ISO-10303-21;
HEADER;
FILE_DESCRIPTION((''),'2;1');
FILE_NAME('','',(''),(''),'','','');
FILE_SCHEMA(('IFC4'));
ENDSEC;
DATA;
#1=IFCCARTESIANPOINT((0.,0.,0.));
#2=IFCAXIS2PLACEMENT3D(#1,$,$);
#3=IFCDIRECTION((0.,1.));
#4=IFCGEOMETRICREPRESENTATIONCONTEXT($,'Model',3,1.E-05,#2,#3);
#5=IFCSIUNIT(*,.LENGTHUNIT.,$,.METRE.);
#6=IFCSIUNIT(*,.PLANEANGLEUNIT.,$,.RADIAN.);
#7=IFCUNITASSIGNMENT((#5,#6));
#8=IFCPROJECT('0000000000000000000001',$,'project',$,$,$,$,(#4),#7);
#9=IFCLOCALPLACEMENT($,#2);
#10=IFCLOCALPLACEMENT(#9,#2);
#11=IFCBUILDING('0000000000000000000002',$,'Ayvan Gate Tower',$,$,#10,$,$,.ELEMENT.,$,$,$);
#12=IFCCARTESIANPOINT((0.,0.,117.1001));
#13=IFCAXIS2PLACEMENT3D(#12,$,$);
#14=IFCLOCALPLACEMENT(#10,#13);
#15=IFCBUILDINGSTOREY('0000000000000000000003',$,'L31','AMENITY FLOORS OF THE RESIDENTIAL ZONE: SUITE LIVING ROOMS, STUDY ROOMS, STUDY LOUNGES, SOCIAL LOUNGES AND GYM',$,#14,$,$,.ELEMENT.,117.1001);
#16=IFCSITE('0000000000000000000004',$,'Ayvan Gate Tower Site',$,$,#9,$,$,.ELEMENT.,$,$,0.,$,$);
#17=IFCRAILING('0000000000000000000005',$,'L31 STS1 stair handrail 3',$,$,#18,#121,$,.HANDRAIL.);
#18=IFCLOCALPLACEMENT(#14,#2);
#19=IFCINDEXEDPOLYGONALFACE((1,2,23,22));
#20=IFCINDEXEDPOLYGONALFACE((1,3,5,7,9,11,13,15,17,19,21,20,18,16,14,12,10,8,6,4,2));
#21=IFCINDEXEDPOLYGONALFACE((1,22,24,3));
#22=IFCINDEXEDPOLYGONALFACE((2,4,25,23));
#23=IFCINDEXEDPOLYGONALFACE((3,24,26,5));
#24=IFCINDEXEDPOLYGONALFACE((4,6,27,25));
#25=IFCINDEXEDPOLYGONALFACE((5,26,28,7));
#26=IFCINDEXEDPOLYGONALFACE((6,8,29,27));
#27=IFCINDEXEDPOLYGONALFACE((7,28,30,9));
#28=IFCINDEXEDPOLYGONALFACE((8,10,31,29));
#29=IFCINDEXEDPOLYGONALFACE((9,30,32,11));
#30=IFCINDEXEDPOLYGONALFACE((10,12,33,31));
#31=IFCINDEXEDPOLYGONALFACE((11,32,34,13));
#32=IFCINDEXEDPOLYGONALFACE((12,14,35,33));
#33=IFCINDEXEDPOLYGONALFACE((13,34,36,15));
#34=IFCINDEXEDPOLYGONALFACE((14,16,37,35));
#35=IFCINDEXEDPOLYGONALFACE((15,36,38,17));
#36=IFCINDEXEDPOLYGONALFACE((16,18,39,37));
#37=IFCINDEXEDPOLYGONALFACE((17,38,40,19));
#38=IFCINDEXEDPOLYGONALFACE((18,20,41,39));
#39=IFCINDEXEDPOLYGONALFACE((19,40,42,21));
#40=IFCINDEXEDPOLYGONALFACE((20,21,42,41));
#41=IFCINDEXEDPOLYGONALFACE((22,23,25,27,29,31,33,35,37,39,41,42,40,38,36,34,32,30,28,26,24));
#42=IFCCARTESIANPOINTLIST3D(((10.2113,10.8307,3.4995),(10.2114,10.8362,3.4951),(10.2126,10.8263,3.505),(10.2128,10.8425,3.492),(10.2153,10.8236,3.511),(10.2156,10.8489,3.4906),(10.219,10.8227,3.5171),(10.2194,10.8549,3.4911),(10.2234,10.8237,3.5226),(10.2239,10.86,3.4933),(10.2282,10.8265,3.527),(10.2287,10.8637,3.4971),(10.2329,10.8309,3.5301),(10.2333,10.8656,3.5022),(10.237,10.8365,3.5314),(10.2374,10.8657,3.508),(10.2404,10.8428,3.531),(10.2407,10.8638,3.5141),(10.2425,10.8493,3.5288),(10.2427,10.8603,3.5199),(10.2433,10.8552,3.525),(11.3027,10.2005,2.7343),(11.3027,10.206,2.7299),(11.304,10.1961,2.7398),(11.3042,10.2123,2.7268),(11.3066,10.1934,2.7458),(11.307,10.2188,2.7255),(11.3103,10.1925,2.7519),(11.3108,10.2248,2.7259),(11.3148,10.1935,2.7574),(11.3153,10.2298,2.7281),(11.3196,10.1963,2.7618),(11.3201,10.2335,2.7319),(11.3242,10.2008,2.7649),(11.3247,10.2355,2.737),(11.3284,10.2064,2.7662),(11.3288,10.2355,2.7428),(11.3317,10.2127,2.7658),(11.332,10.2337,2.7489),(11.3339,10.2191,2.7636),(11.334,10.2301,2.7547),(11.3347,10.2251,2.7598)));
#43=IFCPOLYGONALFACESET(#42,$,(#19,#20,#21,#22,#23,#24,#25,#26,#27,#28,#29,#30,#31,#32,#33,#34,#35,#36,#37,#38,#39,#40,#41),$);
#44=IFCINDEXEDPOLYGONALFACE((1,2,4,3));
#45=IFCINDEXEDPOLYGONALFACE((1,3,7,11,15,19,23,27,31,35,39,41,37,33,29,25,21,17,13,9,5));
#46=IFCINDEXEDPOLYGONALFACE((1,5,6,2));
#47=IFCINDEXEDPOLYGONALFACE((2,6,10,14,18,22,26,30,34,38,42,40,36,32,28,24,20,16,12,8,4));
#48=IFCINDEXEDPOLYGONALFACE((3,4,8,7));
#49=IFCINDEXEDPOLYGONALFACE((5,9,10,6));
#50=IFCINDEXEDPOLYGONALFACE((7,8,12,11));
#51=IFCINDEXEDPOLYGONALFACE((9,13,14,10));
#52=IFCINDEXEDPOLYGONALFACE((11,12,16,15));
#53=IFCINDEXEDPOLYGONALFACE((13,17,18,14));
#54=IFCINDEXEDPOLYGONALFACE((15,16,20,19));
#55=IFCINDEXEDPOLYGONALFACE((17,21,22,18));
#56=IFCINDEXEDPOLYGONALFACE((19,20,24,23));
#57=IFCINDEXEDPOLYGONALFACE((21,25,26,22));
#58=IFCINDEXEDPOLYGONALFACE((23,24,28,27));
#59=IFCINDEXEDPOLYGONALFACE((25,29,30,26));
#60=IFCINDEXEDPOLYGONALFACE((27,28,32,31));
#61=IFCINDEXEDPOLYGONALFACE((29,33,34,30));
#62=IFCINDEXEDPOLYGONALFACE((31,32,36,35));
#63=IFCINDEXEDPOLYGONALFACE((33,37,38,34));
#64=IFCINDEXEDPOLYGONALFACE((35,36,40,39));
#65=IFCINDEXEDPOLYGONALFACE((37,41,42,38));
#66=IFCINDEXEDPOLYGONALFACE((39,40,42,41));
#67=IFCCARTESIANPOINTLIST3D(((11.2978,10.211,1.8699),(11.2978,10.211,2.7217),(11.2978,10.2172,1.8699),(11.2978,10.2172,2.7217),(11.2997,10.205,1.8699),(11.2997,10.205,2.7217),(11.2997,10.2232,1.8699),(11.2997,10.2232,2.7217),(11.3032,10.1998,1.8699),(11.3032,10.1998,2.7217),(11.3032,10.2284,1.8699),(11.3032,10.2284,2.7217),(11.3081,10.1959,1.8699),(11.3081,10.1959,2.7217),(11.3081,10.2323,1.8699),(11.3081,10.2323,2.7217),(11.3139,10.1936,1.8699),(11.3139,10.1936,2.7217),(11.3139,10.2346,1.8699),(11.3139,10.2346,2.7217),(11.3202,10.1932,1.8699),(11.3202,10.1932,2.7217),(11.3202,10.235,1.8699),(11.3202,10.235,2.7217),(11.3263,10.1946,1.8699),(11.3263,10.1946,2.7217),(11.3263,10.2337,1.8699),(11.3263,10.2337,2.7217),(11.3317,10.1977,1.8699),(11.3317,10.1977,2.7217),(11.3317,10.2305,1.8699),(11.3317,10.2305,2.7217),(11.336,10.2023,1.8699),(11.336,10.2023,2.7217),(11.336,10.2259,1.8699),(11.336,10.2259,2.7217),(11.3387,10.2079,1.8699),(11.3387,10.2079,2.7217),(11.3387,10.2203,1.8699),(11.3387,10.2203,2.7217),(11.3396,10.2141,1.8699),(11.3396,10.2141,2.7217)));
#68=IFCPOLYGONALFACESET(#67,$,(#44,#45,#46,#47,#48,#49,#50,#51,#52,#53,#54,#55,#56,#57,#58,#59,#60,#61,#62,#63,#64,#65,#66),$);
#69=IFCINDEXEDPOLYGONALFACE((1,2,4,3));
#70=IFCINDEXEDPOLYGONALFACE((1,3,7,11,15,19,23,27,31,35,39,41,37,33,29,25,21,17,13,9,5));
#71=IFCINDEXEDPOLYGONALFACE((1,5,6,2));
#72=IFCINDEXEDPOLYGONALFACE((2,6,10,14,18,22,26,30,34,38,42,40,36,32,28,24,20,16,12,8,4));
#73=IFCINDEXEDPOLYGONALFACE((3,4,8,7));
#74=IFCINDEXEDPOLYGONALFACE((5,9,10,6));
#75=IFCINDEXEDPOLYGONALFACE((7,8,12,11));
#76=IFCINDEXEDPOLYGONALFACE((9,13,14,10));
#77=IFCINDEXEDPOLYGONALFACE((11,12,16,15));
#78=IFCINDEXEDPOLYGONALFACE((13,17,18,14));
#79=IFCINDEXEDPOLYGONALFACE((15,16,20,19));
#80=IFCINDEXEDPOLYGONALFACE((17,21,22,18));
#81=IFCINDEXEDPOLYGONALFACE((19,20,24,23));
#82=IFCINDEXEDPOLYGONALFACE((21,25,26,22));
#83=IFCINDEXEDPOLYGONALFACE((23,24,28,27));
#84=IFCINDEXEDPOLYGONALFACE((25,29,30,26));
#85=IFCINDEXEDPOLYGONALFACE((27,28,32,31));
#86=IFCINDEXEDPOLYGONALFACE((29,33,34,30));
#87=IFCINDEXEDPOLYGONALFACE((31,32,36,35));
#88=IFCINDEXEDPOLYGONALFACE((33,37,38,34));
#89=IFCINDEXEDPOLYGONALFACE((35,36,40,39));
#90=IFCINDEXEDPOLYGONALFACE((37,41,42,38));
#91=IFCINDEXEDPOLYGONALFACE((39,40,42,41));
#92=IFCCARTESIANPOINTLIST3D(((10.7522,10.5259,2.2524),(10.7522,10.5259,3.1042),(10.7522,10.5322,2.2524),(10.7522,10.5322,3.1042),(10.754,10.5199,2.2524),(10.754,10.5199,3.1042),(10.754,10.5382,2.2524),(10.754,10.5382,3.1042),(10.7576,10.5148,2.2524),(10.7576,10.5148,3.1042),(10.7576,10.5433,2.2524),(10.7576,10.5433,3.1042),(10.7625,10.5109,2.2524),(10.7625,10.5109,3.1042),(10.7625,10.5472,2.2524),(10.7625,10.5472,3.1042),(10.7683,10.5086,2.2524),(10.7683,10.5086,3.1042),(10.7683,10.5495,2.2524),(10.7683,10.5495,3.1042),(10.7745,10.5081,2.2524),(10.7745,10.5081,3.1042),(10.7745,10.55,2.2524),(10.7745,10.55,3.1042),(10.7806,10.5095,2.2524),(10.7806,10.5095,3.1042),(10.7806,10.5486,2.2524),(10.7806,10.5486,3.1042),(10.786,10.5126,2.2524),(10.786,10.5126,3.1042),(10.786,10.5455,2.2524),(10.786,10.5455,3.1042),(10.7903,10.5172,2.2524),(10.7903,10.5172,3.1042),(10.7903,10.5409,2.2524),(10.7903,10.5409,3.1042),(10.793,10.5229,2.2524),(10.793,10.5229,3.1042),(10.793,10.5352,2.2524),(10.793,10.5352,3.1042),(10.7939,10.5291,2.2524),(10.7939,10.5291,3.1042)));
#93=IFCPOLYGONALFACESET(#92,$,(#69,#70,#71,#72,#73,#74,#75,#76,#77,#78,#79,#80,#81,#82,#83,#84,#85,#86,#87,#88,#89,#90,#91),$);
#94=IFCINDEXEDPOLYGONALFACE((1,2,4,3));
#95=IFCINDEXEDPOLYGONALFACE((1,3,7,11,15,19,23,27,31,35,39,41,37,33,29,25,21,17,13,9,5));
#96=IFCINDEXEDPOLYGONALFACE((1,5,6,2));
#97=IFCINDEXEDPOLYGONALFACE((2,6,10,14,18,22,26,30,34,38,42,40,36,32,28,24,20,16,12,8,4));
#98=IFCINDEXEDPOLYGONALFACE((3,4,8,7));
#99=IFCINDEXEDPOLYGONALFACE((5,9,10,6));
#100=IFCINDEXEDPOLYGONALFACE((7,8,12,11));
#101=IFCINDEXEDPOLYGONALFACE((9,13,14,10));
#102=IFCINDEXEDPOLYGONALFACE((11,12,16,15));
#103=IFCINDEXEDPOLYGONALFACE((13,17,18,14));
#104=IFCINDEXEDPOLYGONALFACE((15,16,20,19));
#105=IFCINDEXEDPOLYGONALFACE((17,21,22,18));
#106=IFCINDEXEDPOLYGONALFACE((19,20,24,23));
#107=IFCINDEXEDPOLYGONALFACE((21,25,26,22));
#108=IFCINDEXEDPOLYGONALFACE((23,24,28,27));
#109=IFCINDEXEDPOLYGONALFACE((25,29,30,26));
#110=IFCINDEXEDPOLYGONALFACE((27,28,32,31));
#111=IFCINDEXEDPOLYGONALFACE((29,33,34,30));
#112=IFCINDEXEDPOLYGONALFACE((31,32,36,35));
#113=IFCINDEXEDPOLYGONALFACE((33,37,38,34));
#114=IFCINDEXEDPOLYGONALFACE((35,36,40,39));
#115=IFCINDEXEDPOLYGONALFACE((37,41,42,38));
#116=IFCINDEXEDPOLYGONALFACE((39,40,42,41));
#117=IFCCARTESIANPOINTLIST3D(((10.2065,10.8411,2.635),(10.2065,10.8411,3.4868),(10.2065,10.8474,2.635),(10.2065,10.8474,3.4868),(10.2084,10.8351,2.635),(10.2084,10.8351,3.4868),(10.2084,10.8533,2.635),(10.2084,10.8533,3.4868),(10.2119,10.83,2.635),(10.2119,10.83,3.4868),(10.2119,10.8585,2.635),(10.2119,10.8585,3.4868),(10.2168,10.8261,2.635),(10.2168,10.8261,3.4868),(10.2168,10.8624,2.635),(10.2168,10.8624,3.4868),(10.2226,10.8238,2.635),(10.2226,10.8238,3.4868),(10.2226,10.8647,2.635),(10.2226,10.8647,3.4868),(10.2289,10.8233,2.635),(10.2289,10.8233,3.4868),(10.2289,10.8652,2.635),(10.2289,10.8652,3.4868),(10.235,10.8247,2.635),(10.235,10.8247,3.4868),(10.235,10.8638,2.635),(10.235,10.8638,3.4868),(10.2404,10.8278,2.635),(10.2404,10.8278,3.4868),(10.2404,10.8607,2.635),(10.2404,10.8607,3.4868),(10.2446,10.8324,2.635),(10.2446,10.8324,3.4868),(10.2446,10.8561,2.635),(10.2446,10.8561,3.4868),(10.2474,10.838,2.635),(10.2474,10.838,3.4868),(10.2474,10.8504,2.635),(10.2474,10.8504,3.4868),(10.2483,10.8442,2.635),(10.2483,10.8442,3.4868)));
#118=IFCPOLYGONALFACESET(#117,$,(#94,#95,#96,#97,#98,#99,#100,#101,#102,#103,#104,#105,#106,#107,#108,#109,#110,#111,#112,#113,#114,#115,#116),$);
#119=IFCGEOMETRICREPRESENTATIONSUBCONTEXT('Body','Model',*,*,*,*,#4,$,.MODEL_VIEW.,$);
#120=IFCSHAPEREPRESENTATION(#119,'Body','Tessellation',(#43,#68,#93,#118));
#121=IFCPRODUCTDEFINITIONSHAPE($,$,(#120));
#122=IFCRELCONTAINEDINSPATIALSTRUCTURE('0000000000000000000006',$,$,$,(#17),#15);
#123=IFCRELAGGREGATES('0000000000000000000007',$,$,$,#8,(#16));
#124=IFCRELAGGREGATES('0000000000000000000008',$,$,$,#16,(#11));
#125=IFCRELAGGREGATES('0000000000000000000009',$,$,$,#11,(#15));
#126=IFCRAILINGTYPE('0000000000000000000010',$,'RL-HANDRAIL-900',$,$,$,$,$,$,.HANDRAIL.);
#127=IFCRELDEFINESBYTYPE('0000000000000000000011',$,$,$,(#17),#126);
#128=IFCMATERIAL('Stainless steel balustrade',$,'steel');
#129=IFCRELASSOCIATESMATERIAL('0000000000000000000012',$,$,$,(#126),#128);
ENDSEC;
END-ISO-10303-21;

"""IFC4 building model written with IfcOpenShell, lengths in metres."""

from ifc_helpers import new_model, si_unit, direction, frame, origin, origin_2d, place, context, subcontext, project, spatial, circle, extrude, material, type_object, element, save


model = new_model("IFC4")

# Units and contexts
model_context = context("Model", 3, precision=1e-05, world=origin(), true_north=direction((0.0, 1.0)))
body_context = subcontext(model_context, "Body", "Model", "MODEL_VIEW")
ifc_project = project(units=[si_unit("LENGTHUNIT", "METRE"), si_unit("PLANEANGLEUNIT", "RADIAN")], contexts=[model_context])

# Site, building, storey
site_placement = place(None, origin())
site = spatial("IfcSite", under=ifc_project, at=site_placement, Name="Ayvan Gate Tower Site", CompositionType="ELEMENT", RefElevation=0.0)
building_placement = place(site_placement, origin())
building = spatial("IfcBuilding", under=site, at=building_placement, Name="Ayvan Gate Tower", CompositionType="ELEMENT")
storey_placement = place(building_placement, frame((0.0, 0.0, 117.1001)))
storey = spatial("IfcBuildingStorey", under=building, at=storey_placement, Name="L31", Description="AMENITY FLOORS OF THE RESIDENTIAL ZONE: SUITE LIVING ROOMS, STUDY ROOMS, STUDY LOUNGES, SOCIAL LOUNGES AND GYM", CompositionType="ELEMENT", Elevation=117.1001)

# Railing
ifc_material_1 = material(Name="Stainless steel balustrade", Category="steel")
railing_type_1 = type_object("IfcRailingType", Name="RL-HANDRAIL-900", PredefinedType="HANDRAIL", material=ifc_material_1)
railing_1_placement = place(storey_placement, frame((11.3186, 10.2141, 1.8699)))
element("IfcRailing", 1, at=railing_1_placement, inside=storey, type_object=railing_type_1, Name="L31 STS1 stair handrail 3", PredefinedType="HANDRAIL", context=body_context, shape_type="SweptSolid", body=[
    extrude(circle(Radius=0.0239, at=origin_2d()), frame((0.0, 0.0, 0.876), z_axis=(-0.740241, 0.427419, 0.518996), x_axis=(-0.500035, -0.866005, 0.0)), (0.0, 0.0, 1.0), 1.4744),
    extrude(circle(Radius=0.021, at=origin_2d()), origin(), (0.0, 0.0, 1.0), 0.8518),
    extrude(circle(Radius=0.021, at=origin_2d()), frame((-0.5457, 0.3149, 0.3826)), (0.0, 0.0, 1.0), 0.8518),
    extrude(circle(Radius=0.021, at=origin_2d()), frame((-1.0913, 0.6301, 0.7651)), (0.0, 0.0, 1.0), 0.8518),
])

save(model, "model.ifc")
